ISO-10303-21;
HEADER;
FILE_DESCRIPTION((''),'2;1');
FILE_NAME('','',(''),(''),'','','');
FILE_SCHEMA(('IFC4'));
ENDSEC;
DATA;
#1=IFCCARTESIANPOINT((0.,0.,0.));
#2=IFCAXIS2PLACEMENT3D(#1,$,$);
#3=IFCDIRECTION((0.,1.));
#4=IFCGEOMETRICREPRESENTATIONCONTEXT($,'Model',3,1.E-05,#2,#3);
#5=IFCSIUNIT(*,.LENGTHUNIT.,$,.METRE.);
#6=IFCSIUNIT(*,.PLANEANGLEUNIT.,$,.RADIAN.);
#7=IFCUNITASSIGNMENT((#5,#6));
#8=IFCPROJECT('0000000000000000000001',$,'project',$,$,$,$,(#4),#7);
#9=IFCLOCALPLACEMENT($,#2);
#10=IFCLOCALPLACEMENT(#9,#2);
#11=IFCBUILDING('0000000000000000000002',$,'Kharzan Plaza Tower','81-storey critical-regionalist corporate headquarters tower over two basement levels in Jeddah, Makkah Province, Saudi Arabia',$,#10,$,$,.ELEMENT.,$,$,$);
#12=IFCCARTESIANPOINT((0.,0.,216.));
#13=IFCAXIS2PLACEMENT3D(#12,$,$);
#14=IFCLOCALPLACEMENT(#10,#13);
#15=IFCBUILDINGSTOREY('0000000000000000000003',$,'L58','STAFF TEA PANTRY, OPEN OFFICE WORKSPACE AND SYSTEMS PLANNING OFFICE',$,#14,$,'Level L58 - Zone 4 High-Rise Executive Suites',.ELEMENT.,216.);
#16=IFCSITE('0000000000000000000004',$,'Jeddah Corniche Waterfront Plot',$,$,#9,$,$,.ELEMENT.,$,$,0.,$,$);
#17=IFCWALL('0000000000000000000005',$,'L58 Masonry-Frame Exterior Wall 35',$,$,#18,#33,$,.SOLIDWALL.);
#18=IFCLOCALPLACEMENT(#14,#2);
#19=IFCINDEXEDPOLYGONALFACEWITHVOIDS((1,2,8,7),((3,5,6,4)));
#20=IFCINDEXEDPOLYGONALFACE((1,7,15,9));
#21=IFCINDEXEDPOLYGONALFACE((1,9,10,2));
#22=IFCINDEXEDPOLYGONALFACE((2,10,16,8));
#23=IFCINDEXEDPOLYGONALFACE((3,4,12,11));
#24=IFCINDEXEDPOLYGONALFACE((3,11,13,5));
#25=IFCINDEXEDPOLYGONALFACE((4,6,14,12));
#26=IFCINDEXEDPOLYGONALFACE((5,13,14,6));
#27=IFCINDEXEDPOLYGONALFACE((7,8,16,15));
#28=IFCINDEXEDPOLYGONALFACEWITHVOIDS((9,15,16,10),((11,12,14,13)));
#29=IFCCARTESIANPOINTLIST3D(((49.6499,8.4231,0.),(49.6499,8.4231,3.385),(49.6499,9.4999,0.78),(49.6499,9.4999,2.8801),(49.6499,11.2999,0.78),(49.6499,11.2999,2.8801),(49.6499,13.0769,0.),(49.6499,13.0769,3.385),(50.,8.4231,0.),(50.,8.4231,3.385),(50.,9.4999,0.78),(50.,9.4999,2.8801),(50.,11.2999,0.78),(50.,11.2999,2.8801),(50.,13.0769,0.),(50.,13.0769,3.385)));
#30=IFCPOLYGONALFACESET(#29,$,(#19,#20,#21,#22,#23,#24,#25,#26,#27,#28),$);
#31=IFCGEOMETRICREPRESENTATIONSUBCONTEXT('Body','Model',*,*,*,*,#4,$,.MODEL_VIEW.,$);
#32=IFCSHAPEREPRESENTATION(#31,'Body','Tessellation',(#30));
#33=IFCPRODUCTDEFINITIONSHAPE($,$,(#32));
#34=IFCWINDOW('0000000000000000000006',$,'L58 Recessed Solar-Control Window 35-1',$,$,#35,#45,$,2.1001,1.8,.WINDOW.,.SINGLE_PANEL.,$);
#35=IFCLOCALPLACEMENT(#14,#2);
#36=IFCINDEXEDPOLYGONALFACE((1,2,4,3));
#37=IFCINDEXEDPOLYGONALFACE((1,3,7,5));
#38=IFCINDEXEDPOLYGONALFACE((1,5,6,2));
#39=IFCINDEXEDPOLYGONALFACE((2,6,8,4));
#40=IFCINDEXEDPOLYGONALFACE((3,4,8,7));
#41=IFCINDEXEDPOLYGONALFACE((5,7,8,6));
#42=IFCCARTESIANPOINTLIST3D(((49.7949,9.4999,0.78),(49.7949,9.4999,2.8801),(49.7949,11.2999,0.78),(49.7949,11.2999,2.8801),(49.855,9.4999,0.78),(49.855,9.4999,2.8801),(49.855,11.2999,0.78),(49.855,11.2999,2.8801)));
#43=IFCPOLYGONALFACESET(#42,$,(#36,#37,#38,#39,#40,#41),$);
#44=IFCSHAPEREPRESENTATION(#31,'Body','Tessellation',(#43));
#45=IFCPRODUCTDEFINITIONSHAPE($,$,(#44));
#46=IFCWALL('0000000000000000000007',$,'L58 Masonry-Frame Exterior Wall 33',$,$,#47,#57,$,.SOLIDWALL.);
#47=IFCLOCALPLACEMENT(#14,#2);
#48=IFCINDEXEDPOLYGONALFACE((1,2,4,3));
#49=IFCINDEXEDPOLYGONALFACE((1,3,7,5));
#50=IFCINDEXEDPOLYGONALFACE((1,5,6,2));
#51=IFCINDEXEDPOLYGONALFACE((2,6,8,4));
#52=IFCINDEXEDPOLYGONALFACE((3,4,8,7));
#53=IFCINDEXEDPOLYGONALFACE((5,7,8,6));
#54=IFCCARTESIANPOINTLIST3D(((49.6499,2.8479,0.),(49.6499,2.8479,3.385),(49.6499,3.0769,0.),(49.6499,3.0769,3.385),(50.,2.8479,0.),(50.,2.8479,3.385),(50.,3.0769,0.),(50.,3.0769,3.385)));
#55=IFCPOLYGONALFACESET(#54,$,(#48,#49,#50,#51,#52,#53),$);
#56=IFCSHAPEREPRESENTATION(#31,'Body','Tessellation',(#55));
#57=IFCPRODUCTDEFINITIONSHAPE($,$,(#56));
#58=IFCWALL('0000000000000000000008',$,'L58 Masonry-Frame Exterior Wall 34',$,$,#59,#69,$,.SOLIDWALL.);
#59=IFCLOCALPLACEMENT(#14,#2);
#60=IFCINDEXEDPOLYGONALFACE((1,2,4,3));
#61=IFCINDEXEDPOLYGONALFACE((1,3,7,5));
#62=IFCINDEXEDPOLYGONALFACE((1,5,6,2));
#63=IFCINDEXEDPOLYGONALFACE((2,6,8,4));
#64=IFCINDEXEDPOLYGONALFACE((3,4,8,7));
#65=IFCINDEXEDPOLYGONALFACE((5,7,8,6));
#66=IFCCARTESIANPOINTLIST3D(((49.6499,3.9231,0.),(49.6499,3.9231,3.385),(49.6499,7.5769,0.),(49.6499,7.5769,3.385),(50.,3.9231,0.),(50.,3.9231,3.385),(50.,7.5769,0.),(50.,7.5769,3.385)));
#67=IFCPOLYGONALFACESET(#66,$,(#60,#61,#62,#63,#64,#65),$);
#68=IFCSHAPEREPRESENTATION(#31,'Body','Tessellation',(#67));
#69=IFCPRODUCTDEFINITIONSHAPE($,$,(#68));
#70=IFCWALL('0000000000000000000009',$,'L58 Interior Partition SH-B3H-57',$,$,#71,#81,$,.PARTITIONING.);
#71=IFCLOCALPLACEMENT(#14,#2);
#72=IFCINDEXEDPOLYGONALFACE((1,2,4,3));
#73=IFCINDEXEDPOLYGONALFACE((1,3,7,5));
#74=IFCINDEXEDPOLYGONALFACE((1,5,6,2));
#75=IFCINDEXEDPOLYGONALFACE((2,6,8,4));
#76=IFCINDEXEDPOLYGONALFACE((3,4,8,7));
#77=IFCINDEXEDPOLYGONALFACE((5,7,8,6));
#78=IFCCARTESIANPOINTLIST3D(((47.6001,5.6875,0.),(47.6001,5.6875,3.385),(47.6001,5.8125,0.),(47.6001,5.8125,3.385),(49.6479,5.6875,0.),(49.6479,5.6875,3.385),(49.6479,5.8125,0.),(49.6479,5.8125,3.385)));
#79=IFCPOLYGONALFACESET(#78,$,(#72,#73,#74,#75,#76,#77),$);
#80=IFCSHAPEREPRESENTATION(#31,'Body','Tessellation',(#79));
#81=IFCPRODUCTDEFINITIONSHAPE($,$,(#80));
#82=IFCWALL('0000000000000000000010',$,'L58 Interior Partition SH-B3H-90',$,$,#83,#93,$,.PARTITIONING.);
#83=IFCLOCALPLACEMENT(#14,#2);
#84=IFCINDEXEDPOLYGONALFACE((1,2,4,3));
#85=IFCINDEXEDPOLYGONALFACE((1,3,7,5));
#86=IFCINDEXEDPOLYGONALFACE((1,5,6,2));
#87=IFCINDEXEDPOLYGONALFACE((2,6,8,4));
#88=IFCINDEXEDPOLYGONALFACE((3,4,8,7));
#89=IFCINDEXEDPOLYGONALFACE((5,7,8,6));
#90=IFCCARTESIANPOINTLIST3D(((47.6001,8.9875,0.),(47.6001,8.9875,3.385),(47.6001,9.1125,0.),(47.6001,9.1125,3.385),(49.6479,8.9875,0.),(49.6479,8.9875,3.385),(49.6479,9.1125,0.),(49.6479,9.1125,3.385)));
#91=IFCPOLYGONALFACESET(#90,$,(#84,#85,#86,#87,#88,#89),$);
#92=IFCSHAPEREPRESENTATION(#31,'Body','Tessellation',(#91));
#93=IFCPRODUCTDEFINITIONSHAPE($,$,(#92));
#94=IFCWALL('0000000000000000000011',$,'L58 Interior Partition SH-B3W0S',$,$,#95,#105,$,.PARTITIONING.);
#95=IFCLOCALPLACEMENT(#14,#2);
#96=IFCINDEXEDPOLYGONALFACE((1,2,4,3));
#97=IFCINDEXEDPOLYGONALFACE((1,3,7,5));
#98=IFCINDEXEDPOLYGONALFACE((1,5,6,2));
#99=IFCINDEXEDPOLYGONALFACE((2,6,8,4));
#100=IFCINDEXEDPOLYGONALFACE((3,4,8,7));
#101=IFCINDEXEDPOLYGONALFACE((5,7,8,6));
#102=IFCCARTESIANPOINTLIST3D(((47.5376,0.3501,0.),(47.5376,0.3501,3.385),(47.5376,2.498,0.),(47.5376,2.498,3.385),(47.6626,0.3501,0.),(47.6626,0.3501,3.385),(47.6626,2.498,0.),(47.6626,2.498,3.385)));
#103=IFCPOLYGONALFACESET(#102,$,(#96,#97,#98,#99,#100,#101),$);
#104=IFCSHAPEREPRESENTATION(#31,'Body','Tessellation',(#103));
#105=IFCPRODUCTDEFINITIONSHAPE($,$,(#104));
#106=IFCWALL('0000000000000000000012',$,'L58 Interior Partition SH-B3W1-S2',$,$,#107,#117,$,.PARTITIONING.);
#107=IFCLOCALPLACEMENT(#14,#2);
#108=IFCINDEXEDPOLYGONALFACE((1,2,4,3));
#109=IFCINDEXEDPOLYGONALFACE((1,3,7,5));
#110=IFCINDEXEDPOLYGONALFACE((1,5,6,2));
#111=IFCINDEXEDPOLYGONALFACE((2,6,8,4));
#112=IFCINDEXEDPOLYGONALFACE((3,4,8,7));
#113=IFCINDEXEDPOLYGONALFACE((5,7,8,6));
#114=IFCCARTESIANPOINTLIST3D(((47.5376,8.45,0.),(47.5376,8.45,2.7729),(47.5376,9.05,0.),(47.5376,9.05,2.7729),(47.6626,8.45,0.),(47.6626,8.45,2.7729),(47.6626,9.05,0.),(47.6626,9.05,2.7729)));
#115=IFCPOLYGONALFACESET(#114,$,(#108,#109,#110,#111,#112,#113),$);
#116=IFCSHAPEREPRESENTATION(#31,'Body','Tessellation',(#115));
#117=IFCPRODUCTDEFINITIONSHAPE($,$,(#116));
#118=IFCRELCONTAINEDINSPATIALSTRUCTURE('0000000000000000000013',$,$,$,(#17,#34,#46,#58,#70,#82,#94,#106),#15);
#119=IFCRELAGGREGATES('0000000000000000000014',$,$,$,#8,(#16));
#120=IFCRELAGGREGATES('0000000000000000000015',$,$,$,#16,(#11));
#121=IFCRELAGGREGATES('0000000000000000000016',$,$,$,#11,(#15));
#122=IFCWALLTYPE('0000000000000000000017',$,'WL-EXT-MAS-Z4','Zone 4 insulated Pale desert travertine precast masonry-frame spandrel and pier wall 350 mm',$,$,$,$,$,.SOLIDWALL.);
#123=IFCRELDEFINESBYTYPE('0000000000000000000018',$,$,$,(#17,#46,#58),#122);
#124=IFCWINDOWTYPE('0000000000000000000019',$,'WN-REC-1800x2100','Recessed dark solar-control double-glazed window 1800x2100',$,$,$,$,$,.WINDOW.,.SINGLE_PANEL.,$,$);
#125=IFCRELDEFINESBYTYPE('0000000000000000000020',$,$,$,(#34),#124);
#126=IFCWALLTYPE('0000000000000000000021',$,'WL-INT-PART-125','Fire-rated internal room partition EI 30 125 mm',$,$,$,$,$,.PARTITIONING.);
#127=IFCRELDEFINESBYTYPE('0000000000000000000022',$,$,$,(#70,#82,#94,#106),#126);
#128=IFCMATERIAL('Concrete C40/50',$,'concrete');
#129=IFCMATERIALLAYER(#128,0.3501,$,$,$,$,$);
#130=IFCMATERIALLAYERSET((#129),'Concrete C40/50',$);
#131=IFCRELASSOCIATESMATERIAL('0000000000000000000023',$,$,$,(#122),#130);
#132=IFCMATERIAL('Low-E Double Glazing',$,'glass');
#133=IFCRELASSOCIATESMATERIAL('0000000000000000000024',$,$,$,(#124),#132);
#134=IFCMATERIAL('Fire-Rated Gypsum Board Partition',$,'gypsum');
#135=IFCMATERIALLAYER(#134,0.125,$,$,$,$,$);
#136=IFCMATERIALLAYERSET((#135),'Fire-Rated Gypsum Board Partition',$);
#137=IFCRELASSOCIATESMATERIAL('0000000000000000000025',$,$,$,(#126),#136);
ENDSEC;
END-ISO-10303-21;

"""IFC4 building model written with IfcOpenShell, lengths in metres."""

from ifc_helpers import new_model, si_unit, direction, frame, frame_2d, origin, place, context, subcontext, project, spatial, rectangle, extrude, source, transform, mapped, material, layer, layer_set, type_object, element, fill, save


model = new_model("IFC4")

# Units and contexts
model_context = context("Model", 3, precision=1e-05, world=origin(), true_north=direction((0.0, 1.0)))
body_context = subcontext(model_context, "Body", "Model", "MODEL_VIEW")
ifc_project = project(units=[si_unit("LENGTHUNIT", "METRE"), si_unit("PLANEANGLEUNIT", "RADIAN")], contexts=[model_context])

# Site, building, storey
site_placement = place(None, origin())
site = spatial("IfcSite", under=ifc_project, at=site_placement, Name="Jeddah Corniche Waterfront Plot", CompositionType="ELEMENT", RefElevation=0.0)
building_placement = place(site_placement, origin())
building = spatial("IfcBuilding", under=site, at=building_placement, Name="Kharzan Plaza Tower", Description="81-storey critical-regionalist corporate headquarters tower over two basement levels in Jeddah, Makkah Province, Saudi Arabia", CompositionType="ELEMENT")
storey_placement = place(building_placement, frame((0.0, 0.0, 216.0)))
storey = spatial("IfcBuildingStorey", under=building, at=storey_placement, Name="L58", Description="STAFF TEA PANTRY, OPEN OFFICE WORKSPACE AND SYSTEMS PLANNING OFFICE", LongName="Level L58 - Zone 4 High-Rise Executive Suites", CompositionType="ELEMENT", Elevation=216.0)

# Wall, opening, window
ifc_material_1 = material(Name="Concrete C40/50", Category="concrete")
ifc_layer_1 = layer(ifc_material_1, 0.3501)
ifc_layer_set_1 = layer_set([ifc_layer_1], Name="Concrete C40/50")
wall_type_1 = type_object("IfcWallType", Name="WL-EXT-MAS-Z4", Description="Zone 4 insulated Pale desert travertine precast masonry-frame spandrel and pier wall 350 mm", PredefinedType="SOLIDWALL", material=ifc_layer_set_1)
wall_1_placement = place(storey_placement, frame((49.825, 8.4231, 0.0), z_axis=(0.0, 0.0, 1.0), x_axis=(0.0, 1.0, 0.0)))
wall_1 = element("IfcWall", 1, at=wall_1_placement, inside=storey, type_object=wall_type_1, Name="L58 Masonry-Frame Exterior Wall 35", PredefinedType="SOLIDWALL", context=body_context, shape_type="SweptSolid", body=[
    extrude(rectangle(XDim=4.6538, YDim=0.3501, at=frame_2d((2.3269, 0.0))), origin(), (0.0, 0.0, 1.0), 3.385),
])
opening_1_placement = place(wall_1_placement, frame((1.0769, 0.0, 0.78)))
opening_1 = element("IfcOpeningElement", 2, at=opening_1_placement, cuts=wall_1, PredefinedType="OPENING", context=body_context, shape_type="SweptSolid", body=[
    extrude(rectangle(XDim=1.8, YDim=2.1001, at=frame_2d((0.8999, 1.05))), frame((0.0, 0.1851, 0.0), z_axis=(0.0, -1.0, 0.0), x_axis=(1.0, 0.0, 0.0)), (0.0, 0.0, 1.0), 0.3701),
])
ifc_material_2 = material(Name="Low-E Double Glazing", Category="glass")
window_type = type_object("IfcWindowType", Name="WN-REC-1800x2100", Description="Recessed dark solar-control double-glazed window 1800x2100", PartitioningType="SINGLE_PANEL", PredefinedType="WINDOW", material=ifc_material_2)
shared_shape_1 = source(origin(), body_context, "Body", "SweptSolid", [
    extrude(rectangle(XDim=1.8, YDim=2.1001, at=frame_2d((0.8999, 1.05))), frame((0.0, 0.03, 0.0), z_axis=(0.0, -1.0, 0.0), x_axis=(1.0, 0.0, 0.0)), (0.0, 0.0, 1.0), 0.0601),
])
window_placement = place(opening_1_placement, origin())
window = element("IfcWindow", 3, at=window_placement, inside=storey, type_object=window_type, Name="L58 Recessed Solar-Control Window 35-1", OverallHeight=2.1001, OverallWidth=1.8, PartitioningType="SINGLE_PANEL", PredefinedType="WINDOW", context=body_context, shape_type="MappedRepresentation", body=[
    mapped(shared_shape_1, transform((0.0, 0.0, 0.0), x_axis=(1.0, 0.0, 0.0), y_axis=(0.0, 1.0, 0.0), z_axis=(0.0, 0.0, 1.0))),
])
fill(opening_1, window)

# Shared definitions
ifc_material_3 = material(Name="Fire-Rated Gypsum Board Partition", Category="gypsum")
ifc_layer_2 = layer(ifc_material_3, 0.125)
ifc_layer_set_2 = layer_set([ifc_layer_2], Name="Fire-Rated Gypsum Board Partition")
wall_type_2 = type_object("IfcWallType", Name="WL-INT-PART-125", Description="Fire-rated internal room partition EI 30 125 mm", PredefinedType="PARTITIONING", material=ifc_layer_set_2)

# Walls
shared_shape_2 = source(origin(), body_context, "Body", "SweptSolid", [
    extrude(rectangle(XDim=0.229, YDim=0.3501, at=frame_2d((0.1145, 0.0))), origin(), (0.0, 0.0, 1.0), 3.385),
])
wall_2_placement = place(storey_placement, frame((49.825, 2.8479, 0.0), z_axis=(0.0, 0.0, 1.0), x_axis=(0.0, 1.0, 0.0)))
element("IfcWall", 4, at=wall_2_placement, inside=storey, type_object=wall_type_1, Name="L58 Masonry-Frame Exterior Wall 33", PredefinedType="SOLIDWALL", context=body_context, shape_type="MappedRepresentation", body=[
    mapped(shared_shape_2, transform((0.0, 0.0, 0.0), x_axis=(1.0, 0.0, 0.0), y_axis=(0.0, 1.0, 0.0), z_axis=(0.0, 0.0, 1.0))),
])
shared_shape_3 = source(origin(), body_context, "Body", "SweptSolid", [
    extrude(rectangle(XDim=3.6538, YDim=0.3501, at=frame_2d((1.8269, 0.0))), origin(), (0.0, 0.0, 1.0), 3.385),
])
wall_3_placement = place(storey_placement, frame((49.825, 3.9231, 0.0), z_axis=(0.0, 0.0, 1.0), x_axis=(0.0, 1.0, 0.0)))
element("IfcWall", 5, at=wall_3_placement, inside=storey, type_object=wall_type_1, Name="L58 Masonry-Frame Exterior Wall 34", PredefinedType="SOLIDWALL", context=body_context, shape_type="MappedRepresentation", body=[
    mapped(shared_shape_3, transform((0.0, 0.0, 0.0), x_axis=(1.0, 0.0, 0.0), y_axis=(0.0, 1.0, 0.0), z_axis=(0.0, 0.0, 1.0))),
])
shared_shape_4 = source(origin(), body_context, "Body", "SweptSolid", [
    extrude(rectangle(XDim=2.0479, YDim=0.125, at=frame_2d((1.0239, 0.0))), origin(), (0.0, 0.0, 1.0), 3.385),
])
for number, where, z_axis, x_axis, name in (
    (6, (47.6001, 5.75, 0.0), (0.0, 0.0, 1.0), (1.0, 0.0, 0.0), "L58 Interior Partition SH-B3H-57"),
    (7, (47.6001, 9.05, 0.0), (0.0, 0.0, 1.0), (1.0, 0.0, 0.0), "L58 Interior Partition SH-B3H-90"),
):
    element("IfcWall", number, at=place(storey_placement, frame(where, z_axis=z_axis, x_axis=x_axis)), inside=storey, type_object=wall_type_2, Name=name, PredefinedType="PARTITIONING", context=body_context, shape_type="MappedRepresentation", body=[
        mapped(shared_shape_4, transform((0.0, 0.0, 0.0), x_axis=(1.0, 0.0, 0.0), y_axis=(0.0, 1.0, 0.0), z_axis=(0.0, 0.0, 1.0))),
    ])
shared_shape_5 = source(origin(), body_context, "Body", "SweptSolid", [
    extrude(rectangle(XDim=2.1479, YDim=0.125, at=frame_2d((1.074, 0.0))), origin(), (0.0, 0.0, 1.0), 3.385),
])
wall_4_placement = place(storey_placement, frame((47.6001, 0.3501, 0.0), z_axis=(0.0, 0.0, 1.0), x_axis=(0.0, 1.0, 0.0)))
element("IfcWall", 8, at=wall_4_placement, inside=storey, type_object=wall_type_2, Name="L58 Interior Partition SH-B3W0S", PredefinedType="PARTITIONING", context=body_context, shape_type="MappedRepresentation", body=[
    mapped(shared_shape_5, transform((0.0, 0.0, 0.0), x_axis=(1.0, 0.0, 0.0), y_axis=(0.0, 1.0, 0.0), z_axis=(0.0, 0.0, 1.0))),
])
shared_shape_6 = source(origin(), body_context, "Body", "SweptSolid", [
    extrude(rectangle(XDim=0.6001, YDim=0.125, at=frame_2d((0.3, 0.0))), origin(), (0.0, 0.0, 1.0), 2.7729),
])
wall_5_placement = place(storey_placement, frame((47.6001, 8.45, 0.0), z_axis=(0.0, 0.0, 1.0), x_axis=(0.0, 1.0, 0.0)))
element("IfcWall", 9, at=wall_5_placement, inside=storey, type_object=wall_type_2, Name="L58 Interior Partition SH-B3W1-S2", PredefinedType="PARTITIONING", context=body_context, shape_type="MappedRepresentation", body=[
    mapped(shared_shape_6, transform((0.0, 0.0, 0.0), x_axis=(1.0, 0.0, 0.0), y_axis=(0.0, 1.0, 0.0), z_axis=(0.0, 0.0, 1.0))),
])

save(model, "model.ifc")
